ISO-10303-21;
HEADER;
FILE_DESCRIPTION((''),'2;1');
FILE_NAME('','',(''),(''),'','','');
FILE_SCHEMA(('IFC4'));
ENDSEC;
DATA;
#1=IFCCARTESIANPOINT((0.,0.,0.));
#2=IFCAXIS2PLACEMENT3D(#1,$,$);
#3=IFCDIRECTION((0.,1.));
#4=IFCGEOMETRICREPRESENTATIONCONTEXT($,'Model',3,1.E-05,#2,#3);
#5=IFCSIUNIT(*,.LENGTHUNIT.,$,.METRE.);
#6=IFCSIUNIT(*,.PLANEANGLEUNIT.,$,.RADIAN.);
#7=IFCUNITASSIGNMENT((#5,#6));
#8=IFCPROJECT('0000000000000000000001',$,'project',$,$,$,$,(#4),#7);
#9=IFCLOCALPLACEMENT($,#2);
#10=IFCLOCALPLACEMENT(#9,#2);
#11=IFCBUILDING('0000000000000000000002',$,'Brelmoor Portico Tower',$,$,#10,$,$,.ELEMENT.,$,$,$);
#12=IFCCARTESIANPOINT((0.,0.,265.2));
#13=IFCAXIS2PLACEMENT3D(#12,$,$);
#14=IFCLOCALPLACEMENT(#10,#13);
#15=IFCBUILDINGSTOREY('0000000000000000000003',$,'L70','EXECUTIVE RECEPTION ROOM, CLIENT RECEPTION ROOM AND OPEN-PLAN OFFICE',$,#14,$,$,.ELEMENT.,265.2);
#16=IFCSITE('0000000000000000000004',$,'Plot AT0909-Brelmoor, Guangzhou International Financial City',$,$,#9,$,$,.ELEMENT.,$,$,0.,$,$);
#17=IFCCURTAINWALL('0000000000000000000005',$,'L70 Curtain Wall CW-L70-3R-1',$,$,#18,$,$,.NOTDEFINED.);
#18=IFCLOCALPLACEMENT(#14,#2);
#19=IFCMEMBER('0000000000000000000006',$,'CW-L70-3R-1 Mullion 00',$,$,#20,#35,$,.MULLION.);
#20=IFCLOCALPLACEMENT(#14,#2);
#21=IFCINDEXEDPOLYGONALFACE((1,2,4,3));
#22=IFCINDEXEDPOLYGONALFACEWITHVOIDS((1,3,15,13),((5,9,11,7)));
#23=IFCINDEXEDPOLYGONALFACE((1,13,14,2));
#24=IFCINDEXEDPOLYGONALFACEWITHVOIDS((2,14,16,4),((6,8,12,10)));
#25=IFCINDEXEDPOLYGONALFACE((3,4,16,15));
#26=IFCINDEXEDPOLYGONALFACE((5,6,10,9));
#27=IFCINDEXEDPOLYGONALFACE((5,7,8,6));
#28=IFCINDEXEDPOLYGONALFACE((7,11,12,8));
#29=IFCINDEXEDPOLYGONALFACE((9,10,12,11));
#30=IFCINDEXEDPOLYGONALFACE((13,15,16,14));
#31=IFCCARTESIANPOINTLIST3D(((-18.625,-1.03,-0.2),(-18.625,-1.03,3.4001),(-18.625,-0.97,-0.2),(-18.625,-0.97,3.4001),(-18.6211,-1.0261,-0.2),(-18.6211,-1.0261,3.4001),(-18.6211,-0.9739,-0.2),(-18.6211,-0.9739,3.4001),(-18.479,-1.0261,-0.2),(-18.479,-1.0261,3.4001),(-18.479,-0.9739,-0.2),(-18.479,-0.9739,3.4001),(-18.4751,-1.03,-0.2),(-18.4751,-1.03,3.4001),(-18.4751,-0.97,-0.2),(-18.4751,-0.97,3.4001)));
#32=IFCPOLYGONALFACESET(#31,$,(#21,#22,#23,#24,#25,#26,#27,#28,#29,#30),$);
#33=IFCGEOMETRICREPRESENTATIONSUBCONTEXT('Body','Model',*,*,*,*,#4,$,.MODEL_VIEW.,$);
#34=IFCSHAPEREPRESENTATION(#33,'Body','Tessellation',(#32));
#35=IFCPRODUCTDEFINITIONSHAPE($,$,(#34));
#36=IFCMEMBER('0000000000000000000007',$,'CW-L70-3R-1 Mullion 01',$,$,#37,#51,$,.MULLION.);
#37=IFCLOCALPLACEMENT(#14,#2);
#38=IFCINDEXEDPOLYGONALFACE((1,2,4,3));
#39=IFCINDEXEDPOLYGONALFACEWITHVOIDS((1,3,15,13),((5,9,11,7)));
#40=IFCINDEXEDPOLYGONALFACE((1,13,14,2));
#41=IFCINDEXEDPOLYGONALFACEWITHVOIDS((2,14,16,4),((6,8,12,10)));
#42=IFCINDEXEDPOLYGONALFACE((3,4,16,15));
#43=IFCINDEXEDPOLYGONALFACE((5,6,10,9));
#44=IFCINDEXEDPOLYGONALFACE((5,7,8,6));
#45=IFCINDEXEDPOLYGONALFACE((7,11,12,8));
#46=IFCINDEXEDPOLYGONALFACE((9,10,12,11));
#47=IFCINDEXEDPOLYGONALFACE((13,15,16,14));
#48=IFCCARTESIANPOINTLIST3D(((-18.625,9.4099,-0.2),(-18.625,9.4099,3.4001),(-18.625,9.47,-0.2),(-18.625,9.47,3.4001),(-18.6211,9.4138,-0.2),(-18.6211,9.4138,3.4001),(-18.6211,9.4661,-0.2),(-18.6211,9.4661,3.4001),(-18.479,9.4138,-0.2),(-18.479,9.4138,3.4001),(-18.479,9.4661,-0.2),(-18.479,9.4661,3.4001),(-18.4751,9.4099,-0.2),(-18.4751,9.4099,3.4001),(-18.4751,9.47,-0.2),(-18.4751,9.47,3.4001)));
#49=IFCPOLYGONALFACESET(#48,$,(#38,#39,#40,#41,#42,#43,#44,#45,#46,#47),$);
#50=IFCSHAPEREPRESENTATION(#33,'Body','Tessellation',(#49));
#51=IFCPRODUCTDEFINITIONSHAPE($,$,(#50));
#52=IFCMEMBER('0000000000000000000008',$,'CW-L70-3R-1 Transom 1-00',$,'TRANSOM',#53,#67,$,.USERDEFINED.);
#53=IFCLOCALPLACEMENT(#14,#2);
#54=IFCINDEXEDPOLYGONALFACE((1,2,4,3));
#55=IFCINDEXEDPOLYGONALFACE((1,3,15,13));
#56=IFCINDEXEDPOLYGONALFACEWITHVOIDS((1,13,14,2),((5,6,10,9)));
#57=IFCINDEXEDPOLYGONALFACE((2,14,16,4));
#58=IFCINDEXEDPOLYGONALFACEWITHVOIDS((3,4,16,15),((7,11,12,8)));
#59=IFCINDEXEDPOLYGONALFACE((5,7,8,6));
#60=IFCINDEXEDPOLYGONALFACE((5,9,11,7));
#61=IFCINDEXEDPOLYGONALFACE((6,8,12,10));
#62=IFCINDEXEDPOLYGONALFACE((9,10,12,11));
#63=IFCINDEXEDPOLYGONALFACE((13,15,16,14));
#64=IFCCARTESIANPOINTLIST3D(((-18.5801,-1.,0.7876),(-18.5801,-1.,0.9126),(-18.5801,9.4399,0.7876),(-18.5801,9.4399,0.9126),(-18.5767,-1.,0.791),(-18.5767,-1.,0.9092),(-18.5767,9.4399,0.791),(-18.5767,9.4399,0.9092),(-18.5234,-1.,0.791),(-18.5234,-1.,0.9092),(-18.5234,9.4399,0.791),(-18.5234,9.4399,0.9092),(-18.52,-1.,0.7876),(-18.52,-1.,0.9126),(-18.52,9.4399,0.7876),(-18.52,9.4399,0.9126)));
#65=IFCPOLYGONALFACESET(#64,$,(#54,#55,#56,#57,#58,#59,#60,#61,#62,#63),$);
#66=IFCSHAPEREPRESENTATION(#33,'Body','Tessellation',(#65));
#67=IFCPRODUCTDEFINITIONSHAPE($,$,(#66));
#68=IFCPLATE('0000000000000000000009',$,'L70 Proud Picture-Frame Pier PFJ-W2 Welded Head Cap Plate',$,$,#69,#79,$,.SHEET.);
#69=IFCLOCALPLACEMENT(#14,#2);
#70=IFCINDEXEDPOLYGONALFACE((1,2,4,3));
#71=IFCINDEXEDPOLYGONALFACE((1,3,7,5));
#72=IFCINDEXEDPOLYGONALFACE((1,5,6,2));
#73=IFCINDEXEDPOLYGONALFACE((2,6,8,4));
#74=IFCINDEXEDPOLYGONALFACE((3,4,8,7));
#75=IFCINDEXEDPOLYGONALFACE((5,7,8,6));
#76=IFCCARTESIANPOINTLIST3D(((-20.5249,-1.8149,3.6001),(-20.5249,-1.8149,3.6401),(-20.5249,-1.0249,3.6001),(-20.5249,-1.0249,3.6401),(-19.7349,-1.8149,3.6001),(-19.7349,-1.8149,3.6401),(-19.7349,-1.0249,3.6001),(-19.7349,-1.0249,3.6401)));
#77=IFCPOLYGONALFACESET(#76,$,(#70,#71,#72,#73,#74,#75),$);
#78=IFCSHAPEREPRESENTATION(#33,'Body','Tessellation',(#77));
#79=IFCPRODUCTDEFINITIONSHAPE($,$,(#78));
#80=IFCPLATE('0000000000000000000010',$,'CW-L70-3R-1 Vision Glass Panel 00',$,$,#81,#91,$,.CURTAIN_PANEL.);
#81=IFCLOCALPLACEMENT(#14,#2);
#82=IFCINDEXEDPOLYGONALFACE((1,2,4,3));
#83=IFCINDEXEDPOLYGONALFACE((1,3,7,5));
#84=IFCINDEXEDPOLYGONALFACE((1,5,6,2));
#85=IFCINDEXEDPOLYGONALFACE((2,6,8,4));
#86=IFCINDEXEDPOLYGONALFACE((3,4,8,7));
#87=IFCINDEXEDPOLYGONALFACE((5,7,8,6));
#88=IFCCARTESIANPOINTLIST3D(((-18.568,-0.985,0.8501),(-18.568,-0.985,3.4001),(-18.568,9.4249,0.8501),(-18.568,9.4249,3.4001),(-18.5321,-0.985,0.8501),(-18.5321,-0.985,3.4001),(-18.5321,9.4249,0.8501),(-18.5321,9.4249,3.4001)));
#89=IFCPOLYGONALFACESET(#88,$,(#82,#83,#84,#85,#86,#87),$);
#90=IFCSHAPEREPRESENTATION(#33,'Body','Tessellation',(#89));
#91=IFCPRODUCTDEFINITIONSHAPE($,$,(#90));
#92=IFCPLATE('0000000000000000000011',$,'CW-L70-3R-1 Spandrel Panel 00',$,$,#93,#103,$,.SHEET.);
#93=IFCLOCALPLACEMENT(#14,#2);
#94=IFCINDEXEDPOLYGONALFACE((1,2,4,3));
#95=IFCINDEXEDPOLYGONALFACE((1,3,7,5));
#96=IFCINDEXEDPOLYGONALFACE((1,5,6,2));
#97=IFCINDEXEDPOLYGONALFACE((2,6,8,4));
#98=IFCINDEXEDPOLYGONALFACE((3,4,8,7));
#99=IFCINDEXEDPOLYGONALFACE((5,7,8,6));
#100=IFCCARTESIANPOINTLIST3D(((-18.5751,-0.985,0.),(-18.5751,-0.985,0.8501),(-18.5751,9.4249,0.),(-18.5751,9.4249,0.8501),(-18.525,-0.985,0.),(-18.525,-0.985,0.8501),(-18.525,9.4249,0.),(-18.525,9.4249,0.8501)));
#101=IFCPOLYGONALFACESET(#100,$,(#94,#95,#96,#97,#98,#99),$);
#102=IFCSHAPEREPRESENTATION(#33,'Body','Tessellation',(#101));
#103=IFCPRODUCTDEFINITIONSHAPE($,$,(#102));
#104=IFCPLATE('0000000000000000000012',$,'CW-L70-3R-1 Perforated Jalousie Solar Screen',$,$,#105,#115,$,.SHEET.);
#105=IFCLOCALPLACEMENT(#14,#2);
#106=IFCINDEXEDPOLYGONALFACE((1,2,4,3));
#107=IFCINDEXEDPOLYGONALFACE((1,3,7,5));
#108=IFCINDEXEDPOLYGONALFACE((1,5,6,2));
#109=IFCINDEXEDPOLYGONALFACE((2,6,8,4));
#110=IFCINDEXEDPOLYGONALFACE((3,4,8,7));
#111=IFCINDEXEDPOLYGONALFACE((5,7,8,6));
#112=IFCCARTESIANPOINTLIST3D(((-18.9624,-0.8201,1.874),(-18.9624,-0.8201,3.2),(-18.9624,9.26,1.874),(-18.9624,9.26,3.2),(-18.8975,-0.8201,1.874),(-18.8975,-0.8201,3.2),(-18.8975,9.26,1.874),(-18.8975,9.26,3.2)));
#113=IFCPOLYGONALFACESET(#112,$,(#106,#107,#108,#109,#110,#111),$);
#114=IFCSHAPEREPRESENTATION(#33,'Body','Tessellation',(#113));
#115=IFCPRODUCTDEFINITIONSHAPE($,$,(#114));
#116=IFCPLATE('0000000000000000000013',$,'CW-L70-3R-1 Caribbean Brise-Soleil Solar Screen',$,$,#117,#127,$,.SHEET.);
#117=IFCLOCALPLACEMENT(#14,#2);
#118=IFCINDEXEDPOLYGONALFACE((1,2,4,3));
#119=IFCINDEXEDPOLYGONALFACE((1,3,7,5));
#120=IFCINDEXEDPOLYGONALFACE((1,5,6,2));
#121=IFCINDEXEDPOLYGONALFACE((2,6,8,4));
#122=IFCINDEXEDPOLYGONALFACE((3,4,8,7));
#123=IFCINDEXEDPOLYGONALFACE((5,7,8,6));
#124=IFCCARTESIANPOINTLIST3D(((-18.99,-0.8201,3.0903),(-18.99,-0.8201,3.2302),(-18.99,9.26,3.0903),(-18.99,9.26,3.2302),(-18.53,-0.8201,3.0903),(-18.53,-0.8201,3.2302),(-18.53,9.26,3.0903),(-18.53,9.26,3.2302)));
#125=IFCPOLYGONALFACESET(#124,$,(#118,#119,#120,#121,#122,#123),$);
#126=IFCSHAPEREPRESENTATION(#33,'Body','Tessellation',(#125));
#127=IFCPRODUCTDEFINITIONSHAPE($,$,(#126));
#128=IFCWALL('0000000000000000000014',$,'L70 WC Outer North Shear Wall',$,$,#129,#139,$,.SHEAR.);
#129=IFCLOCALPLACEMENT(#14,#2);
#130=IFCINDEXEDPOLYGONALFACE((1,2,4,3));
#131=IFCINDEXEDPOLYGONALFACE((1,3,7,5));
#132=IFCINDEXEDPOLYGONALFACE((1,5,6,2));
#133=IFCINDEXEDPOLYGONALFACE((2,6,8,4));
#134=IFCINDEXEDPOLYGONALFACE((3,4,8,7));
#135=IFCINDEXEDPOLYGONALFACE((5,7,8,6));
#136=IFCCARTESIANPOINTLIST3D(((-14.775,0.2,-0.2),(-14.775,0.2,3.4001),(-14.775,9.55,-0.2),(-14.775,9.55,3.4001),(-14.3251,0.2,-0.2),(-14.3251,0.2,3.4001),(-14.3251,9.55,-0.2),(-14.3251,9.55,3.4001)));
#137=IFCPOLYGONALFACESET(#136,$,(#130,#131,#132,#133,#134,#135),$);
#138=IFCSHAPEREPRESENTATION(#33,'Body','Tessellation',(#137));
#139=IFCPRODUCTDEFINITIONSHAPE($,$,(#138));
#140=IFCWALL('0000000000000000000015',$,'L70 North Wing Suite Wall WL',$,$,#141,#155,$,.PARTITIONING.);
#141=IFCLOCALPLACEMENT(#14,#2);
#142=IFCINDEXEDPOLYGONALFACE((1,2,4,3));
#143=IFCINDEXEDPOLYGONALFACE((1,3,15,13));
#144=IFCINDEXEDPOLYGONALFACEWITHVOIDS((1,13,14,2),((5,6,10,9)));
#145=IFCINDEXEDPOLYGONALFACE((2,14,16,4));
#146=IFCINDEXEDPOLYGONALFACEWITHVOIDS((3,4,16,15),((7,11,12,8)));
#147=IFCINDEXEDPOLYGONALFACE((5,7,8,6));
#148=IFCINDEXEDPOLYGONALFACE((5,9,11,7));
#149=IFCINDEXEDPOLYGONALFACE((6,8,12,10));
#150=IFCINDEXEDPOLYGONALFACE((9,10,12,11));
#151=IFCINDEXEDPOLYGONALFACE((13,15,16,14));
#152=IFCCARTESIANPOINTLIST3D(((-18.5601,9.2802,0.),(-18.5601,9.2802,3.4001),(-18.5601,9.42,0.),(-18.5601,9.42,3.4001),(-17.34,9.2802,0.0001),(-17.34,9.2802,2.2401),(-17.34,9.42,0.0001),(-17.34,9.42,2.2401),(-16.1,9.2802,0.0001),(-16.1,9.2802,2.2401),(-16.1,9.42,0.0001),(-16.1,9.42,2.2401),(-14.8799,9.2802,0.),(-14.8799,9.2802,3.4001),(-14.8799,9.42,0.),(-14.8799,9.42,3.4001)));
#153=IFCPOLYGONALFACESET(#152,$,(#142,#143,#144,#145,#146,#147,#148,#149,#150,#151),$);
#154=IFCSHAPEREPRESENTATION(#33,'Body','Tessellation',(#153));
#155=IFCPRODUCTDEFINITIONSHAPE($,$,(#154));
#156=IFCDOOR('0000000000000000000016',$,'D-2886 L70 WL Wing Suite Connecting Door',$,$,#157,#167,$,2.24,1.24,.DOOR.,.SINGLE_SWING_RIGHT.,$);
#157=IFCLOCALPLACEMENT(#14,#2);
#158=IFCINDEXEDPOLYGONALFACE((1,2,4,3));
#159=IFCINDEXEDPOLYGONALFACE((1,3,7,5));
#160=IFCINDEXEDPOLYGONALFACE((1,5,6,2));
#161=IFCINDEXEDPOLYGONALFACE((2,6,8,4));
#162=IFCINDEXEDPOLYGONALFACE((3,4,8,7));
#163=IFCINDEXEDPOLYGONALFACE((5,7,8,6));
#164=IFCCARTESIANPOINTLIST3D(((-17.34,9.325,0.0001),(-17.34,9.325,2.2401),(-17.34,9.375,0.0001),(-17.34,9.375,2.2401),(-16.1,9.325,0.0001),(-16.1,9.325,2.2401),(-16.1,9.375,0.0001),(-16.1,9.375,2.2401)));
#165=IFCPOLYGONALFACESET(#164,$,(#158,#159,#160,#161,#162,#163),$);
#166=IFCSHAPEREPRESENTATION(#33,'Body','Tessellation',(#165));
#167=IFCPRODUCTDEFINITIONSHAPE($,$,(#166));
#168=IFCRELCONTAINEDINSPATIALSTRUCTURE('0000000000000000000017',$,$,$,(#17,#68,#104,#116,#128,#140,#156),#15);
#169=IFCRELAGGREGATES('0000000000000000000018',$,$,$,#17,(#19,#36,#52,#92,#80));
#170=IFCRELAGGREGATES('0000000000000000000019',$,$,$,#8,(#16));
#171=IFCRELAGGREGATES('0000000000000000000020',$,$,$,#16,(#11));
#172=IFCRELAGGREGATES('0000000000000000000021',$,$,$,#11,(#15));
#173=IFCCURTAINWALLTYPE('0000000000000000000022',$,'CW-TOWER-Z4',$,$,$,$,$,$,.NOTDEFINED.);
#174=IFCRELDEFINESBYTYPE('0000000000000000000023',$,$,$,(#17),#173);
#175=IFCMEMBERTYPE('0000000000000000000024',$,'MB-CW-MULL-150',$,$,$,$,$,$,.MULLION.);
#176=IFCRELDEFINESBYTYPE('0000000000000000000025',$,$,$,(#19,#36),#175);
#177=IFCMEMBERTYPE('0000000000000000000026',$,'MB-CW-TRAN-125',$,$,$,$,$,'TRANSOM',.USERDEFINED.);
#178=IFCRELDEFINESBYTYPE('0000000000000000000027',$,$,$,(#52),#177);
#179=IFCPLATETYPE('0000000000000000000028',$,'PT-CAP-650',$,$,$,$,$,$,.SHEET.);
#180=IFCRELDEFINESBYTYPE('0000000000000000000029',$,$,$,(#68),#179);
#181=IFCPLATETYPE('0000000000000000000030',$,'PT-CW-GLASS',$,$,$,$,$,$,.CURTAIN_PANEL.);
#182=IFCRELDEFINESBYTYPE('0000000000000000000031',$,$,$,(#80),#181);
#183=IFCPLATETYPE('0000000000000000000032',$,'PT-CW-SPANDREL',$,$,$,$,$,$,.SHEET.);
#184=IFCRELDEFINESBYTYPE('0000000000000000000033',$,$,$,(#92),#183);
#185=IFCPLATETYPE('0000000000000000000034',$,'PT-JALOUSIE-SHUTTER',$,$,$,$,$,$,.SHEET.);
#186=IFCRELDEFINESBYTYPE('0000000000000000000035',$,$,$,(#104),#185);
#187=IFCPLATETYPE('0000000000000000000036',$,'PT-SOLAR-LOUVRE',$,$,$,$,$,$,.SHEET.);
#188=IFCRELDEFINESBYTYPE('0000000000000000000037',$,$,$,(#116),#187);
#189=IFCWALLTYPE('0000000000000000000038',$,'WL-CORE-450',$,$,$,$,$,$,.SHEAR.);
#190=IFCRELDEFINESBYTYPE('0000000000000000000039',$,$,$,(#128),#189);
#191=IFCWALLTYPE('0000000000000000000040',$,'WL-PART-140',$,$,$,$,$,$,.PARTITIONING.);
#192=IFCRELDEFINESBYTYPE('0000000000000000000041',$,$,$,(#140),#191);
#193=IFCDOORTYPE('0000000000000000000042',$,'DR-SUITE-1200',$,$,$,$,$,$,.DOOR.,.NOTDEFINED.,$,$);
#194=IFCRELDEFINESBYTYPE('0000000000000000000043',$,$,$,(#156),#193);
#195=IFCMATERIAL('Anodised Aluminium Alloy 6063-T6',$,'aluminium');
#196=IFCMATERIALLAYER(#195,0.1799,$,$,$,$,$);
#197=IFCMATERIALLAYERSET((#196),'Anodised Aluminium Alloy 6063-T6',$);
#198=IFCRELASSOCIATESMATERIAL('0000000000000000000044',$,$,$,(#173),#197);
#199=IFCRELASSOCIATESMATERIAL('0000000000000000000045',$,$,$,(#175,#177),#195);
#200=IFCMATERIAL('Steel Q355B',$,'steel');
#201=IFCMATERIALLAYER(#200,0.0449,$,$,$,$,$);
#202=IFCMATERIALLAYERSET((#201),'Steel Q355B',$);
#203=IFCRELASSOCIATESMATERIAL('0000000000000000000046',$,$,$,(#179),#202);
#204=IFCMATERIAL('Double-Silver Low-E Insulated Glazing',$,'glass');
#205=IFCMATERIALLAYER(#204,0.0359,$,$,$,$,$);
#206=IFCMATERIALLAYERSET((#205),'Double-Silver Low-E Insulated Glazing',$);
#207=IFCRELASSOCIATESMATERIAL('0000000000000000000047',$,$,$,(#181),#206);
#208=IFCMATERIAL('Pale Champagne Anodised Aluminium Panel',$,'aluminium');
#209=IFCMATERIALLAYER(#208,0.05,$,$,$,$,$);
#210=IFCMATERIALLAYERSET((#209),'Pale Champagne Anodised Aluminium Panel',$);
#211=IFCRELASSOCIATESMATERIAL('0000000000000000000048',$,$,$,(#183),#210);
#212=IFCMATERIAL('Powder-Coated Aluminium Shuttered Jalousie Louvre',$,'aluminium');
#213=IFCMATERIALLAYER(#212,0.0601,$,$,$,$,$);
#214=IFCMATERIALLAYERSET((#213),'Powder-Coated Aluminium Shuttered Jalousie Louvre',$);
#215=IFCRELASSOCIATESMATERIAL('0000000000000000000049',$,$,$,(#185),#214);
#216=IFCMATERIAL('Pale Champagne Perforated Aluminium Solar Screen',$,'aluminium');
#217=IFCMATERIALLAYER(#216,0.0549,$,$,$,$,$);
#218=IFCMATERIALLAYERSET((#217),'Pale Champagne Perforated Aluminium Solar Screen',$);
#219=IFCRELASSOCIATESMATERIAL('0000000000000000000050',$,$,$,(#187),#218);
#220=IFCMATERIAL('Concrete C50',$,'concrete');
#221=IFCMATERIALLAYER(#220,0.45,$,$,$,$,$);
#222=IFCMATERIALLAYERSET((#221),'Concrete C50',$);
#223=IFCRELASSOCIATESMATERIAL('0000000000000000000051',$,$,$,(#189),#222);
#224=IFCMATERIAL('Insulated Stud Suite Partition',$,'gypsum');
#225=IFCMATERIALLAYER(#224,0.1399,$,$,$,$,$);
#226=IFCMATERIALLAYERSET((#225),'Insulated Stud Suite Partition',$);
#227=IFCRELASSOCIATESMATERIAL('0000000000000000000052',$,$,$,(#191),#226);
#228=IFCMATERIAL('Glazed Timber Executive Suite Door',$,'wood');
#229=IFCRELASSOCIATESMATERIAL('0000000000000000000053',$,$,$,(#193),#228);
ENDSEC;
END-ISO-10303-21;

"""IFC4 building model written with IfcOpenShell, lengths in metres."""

from ifc_helpers import new_model, si_unit, direction, frame, frame_2d, origin, origin_2d, place, context, subcontext, project, spatial, rectangle, hollow_rectangle, extrude, material, layer, layer_set, material_profile, profile_set, type_object, element, fill, aggregate, save


model = new_model("IFC4")

# Units and contexts
model_context = context("Model", 3, precision=1e-05, world=origin(), true_north=direction((0.0, 1.0)))
body_context = subcontext(model_context, "Body", "Model", "MODEL_VIEW")
ifc_project = project(units=[si_unit("LENGTHUNIT", "METRE"), si_unit("PLANEANGLEUNIT", "RADIAN")], contexts=[model_context])

# Site, building, storey
site_placement = place(None, origin())
site = spatial("IfcSite", under=ifc_project, at=site_placement, Name="Plot AT0909-Brelmoor, Guangzhou International Financial City", CompositionType="ELEMENT", RefElevation=0.0)
building_placement = place(site_placement, origin())
building = spatial("IfcBuilding", under=site, at=building_placement, Name="Brelmoor Portico Tower", CompositionType="ELEMENT")
storey_placement = place(building_placement, frame((0.0, 0.0, 265.2)))
storey = spatial("IfcBuildingStorey", under=building, at=storey_placement, Name="L70", Description="EXECUTIVE RECEPTION ROOM, CLIENT RECEPTION ROOM AND OPEN-PLAN OFFICE", CompositionType="ELEMENT", Elevation=265.2)

# Shared definitions
ifc_material_1 = material(Name="Steel Q355B", Category="steel")

# Curtain wall, members
ifc_material_2 = material(Name="Anodised Aluminium Alloy 6063-T6", Category="aluminium")
ifc_layer_1 = layer(ifc_material_2, 0.1799)
ifc_layer_set_1 = layer_set([ifc_layer_1], Name="Anodised Aluminium Alloy 6063-T6")
curtain_wall_type = type_object("IfcCurtainWallType", Name="CW-TOWER-Z4", PredefinedType="NOTDEFINED", material=ifc_layer_set_1)
curtain_wall_placement = place(storey_placement, origin())
curtain_wall = element("IfcCurtainWall", 1, at=curtain_wall_placement, inside=storey, type_object=curtain_wall_type, Name="L70 Curtain Wall CW-L70-3R-1", PredefinedType="NOTDEFINED")
ifc_material_profile_1 = material_profile(ifc_material_2, hollow_rectangle(XDim=0.0601, YDim=0.1499, WallThickness=0.0039, at=origin_2d()), Name="ALU MULLION 60x150")
ifc_profile_set_1 = profile_set([ifc_material_profile_1], Name="Anodised Aluminium Alloy 6063-T6")
member_type_1 = type_object("IfcMemberType", Name="MB-CW-MULL-150", PredefinedType="MULLION", material=ifc_profile_set_1)
member_1_placement = place(storey_placement, frame((-18.55, -1.0, -0.2), z_axis=(0.0, 0.0, 1.0), x_axis=(0.0, 1.0, 0.0)))
member_1 = element("IfcMember", 2, at=member_1_placement, type_object=member_type_1, Name="CW-L70-3R-1 Mullion 00", PredefinedType="MULLION", context=body_context, shape_type="SweptSolid", body=[
    extrude(hollow_rectangle(XDim=0.0601, YDim=0.1499, WallThickness=0.0039, at=origin_2d()), origin(), (0.0, 0.0, 1.0), 3.6001),
])
member_2_placement = place(storey_placement, frame((-18.55, 9.4399, -0.2), z_axis=(0.0, 0.0, 1.0), x_axis=(0.0, 1.0, 0.0)))
member_2 = element("IfcMember", 3, at=member_2_placement, type_object=member_type_1, Name="CW-L70-3R-1 Mullion 01", PredefinedType="MULLION", context=body_context, shape_type="SweptSolid", body=[
    extrude(hollow_rectangle(XDim=0.0601, YDim=0.1499, WallThickness=0.0039, at=origin_2d()), origin(), (0.0, 0.0, 1.0), 3.6001),
])
ifc_material_profile_2 = material_profile(ifc_material_2, hollow_rectangle(XDim=0.0601, YDim=0.125, WallThickness=0.0034, at=origin_2d()), Name="ALU TRANSOM 60x125")
ifc_profile_set_2 = profile_set([ifc_material_profile_2], Name="Anodised Aluminium Alloy 6063-T6")
member_type_2 = type_object("IfcMemberType", Name="MB-CW-TRAN-125", ElementType="TRANSOM", PredefinedType="USERDEFINED", material=ifc_profile_set_2)
member_3_placement = place(storey_placement, frame((-18.55, -1.0, 0.8501), z_axis=(0.0, 1.0, 0.0), x_axis=(-1.0, 0.0, 0.0)))
member_3 = element("IfcMember", 4, at=member_3_placement, type_object=member_type_2, Name="CW-L70-3R-1 Transom 1-00", ObjectType="TRANSOM", PredefinedType="USERDEFINED", context=body_context, shape_type="SweptSolid", body=[
    extrude(hollow_rectangle(XDim=0.0601, YDim=0.125, WallThickness=0.0034, at=origin_2d()), origin(), (0.0, 0.0, 1.0), 10.4399),
])

# Plates
ifc_layer_2 = layer(ifc_material_1, 0.0449)
ifc_layer_set_2 = layer_set([ifc_layer_2], Name="Steel Q355B")
plate_type_1 = type_object("IfcPlateType", Name="PT-CAP-650", PredefinedType="SHEET", material=ifc_layer_set_2)
plate_1_placement = place(storey_placement, frame((-20.1299, -1.4199, 3.6001), z_axis=(0.0, 0.0, 1.0), x_axis=(0.0, 1.0, 0.0)))
element("IfcPlate", 5, at=plate_1_placement, inside=storey, type_object=plate_type_1, Name="L70 Proud Picture-Frame Pier PFJ-W2 Welded Head Cap Plate", PredefinedType="SHEET", context=body_context, shape_type="SweptSolid", body=[
    extrude(rectangle(XDim=0.79, YDim=0.79, at=origin_2d()), origin(), (0.0, 0.0, 1.0), 0.04),
])
ifc_material_3 = material(Name="Double-Silver Low-E Insulated Glazing", Category="glass")
ifc_layer_3 = layer(ifc_material_3, 0.0359)
ifc_layer_set_3 = layer_set([ifc_layer_3], Name="Double-Silver Low-E Insulated Glazing")
plate_type_2 = type_object("IfcPlateType", Name="PT-CW-GLASS", PredefinedType="CURTAIN_PANEL", material=ifc_layer_set_3)
plate_2_placement = place(storey_placement, frame((-18.55, 4.22, 0.8501), z_axis=(0.0, 0.0, 1.0), x_axis=(0.0, 1.0, 0.0)))
plate_2 = element("IfcPlate", 6, at=plate_2_placement, type_object=plate_type_2, Name="CW-L70-3R-1 Vision Glass Panel 00", PredefinedType="CURTAIN_PANEL", context=body_context, shape_type="SweptSolid", body=[
    extrude(rectangle(XDim=10.4099, YDim=0.0359, at=origin_2d()), origin(), (0.0, 0.0, 1.0), 2.55),
])
ifc_material_4 = material(Name="Pale Champagne Anodised Aluminium Panel", Category="aluminium")
ifc_layer_4 = layer(ifc_material_4, 0.05)
ifc_layer_set_4 = layer_set([ifc_layer_4], Name="Pale Champagne Anodised Aluminium Panel")
plate_type_3 = type_object("IfcPlateType", Name="PT-CW-SPANDREL", PredefinedType="SHEET", material=ifc_layer_set_4)
plate_3_placement = place(storey_placement, frame((-18.55, 4.22, 0.0), z_axis=(0.0, 0.0, 1.0), x_axis=(0.0, 1.0, 0.0)))
plate_3 = element("IfcPlate", 7, at=plate_3_placement, type_object=plate_type_3, Name="CW-L70-3R-1 Spandrel Panel 00", PredefinedType="SHEET", context=body_context, shape_type="SweptSolid", body=[
    extrude(rectangle(XDim=10.4099, YDim=0.05, at=origin_2d()), origin(), (0.0, 0.0, 1.0), 0.8501),
])
aggregate(curtain_wall, [member_1, member_2, member_3, plate_3, plate_2])

# Plates
ifc_material_5 = material(Name="Powder-Coated Aluminium Shuttered Jalousie Louvre", Category="aluminium")
ifc_layer_5 = layer(ifc_material_5, 0.0601)
ifc_layer_set_5 = layer_set([ifc_layer_5], Name="Powder-Coated Aluminium Shuttered Jalousie Louvre")
plate_type_4 = type_object("IfcPlateType", Name="PT-JALOUSIE-SHUTTER", PredefinedType="SHEET", material=ifc_layer_set_5)
plate_4_placement = place(storey_placement, frame((-18.9299, 4.22, 1.874), z_axis=(0.0, 0.0, 1.0), x_axis=(0.0, 1.0, 0.0)))
element("IfcPlate", 8, at=plate_4_placement, inside=storey, type_object=plate_type_4, Name="CW-L70-3R-1 Perforated Jalousie Solar Screen", PredefinedType="SHEET", context=body_context, shape_type="SweptSolid", body=[
    extrude(rectangle(XDim=10.0801, YDim=0.0649, at=origin_2d()), origin(), (0.0, 0.0, 1.0), 1.3259),
])
ifc_material_6 = material(Name="Pale Champagne Perforated Aluminium Solar Screen", Category="aluminium")
ifc_layer_6 = layer(ifc_material_6, 0.0549)
ifc_layer_set_6 = layer_set([ifc_layer_6], Name="Pale Champagne Perforated Aluminium Solar Screen")
plate_type_5 = type_object("IfcPlateType", Name="PT-SOLAR-LOUVRE", PredefinedType="SHEET", material=ifc_layer_set_6)
plate_5_placement = place(storey_placement, frame((-18.76, 4.22, 3.0903), z_axis=(0.0, 0.0, 1.0), x_axis=(0.0, 1.0, 0.0)))
element("IfcPlate", 9, at=plate_5_placement, inside=storey, type_object=plate_type_5, Name="CW-L70-3R-1 Caribbean Brise-Soleil Solar Screen", PredefinedType="SHEET", context=body_context, shape_type="SweptSolid", body=[
    extrude(rectangle(XDim=10.0801, YDim=0.46, at=origin_2d()), origin(), (0.0, 0.0, 1.0), 0.1399),
])

# Wall
ifc_material_7 = material(Name="Concrete C50", Category="concrete")
ifc_layer_7 = layer(ifc_material_7, 0.45)
ifc_layer_set_7 = layer_set([ifc_layer_7], Name="Concrete C50")
wall_type_1 = type_object("IfcWallType", Name="WL-CORE-450", PredefinedType="SHEAR", material=ifc_layer_set_7)
wall_1_placement = place(storey_placement, frame((-14.55, 0.2, -0.2), z_axis=(0.0, 0.0, 1.0), x_axis=(0.0, 1.0, 0.0)))
element("IfcWall", 10, at=wall_1_placement, inside=storey, type_object=wall_type_1, Name="L70 WC Outer North Shear Wall", PredefinedType="SHEAR", context=body_context, shape_type="SweptSolid", body=[
    extrude(rectangle(XDim=9.3501, YDim=0.45, at=frame_2d((4.675, 0.0))), origin(), (0.0, 0.0, 1.0), 3.6001),
])

# Wall, opening, door
ifc_material_8 = material(Name="Insulated Stud Suite Partition", Category="gypsum")
ifc_layer_8 = layer(ifc_material_8, 0.1399)
ifc_layer_set_8 = layer_set([ifc_layer_8], Name="Insulated Stud Suite Partition")
wall_type_2 = type_object("IfcWallType", Name="WL-PART-140", PredefinedType="PARTITIONING", material=ifc_layer_set_8)
wall_2_placement = place(storey_placement, frame((-18.5601, 9.3501, 0.0), z_axis=(0.0, 0.0, 1.0), x_axis=(1.0, 0.0, 0.0)))
wall_2 = element("IfcWall", 11, at=wall_2_placement, inside=storey, type_object=wall_type_2, Name="L70 North Wing Suite Wall WL", PredefinedType="PARTITIONING", context=body_context, shape_type="SweptSolid", body=[
    extrude(rectangle(XDim=3.6802, YDim=0.1399, at=frame_2d((1.8401, 0.0))), origin(), (0.0, 0.0, 1.0), 3.4001),
])
opening_1_placement = place(wall_2_placement, frame((1.22, 0.0, 0.0)))
opening_1 = element("IfcOpeningElement", 12, at=opening_1_placement, cuts=wall_2, PredefinedType="OPENING", context=body_context, shape_type="SweptSolid", body=[
    extrude(rectangle(XDim=1.24, YDim=2.24, at=frame_2d((0.6201, 1.1201))), frame((0.0, 0.0798, 0.0), z_axis=(0.0, -1.0, 0.0), x_axis=(1.0, 0.0, 0.0)), (0.0, 0.0, 1.0), 0.1599),
])
ifc_material_9 = material(Name="Glazed Timber Executive Suite Door", Category="wood")
door_type_1 = type_object("IfcDoorType", Name="DR-SUITE-1200", OperationType="NOTDEFINED", PredefinedType="DOOR", material=ifc_material_9)
door_1_placement = place(opening_1_placement, origin())
door_1 = element("IfcDoor", 13, at=door_1_placement, inside=storey, type_object=door_type_1, Name="D-2886 L70 WL Wing Suite Connecting Door", OperationType="SINGLE_SWING_RIGHT", OverallHeight=2.24, OverallWidth=1.24, PredefinedType="DOOR", context=body_context, shape_type="SweptSolid", body=[
    extrude(rectangle(XDim=1.24, YDim=2.24, at=frame_2d((0.6201, 1.1201))), frame((0.0, 0.0249, 0.0), z_axis=(0.0, -1.0, 0.0), x_axis=(1.0, 0.0, 0.0)), (0.0, 0.0, 1.0), 0.05),
])
fill(opening_1, door_1)

save(model, "model.ifc")
